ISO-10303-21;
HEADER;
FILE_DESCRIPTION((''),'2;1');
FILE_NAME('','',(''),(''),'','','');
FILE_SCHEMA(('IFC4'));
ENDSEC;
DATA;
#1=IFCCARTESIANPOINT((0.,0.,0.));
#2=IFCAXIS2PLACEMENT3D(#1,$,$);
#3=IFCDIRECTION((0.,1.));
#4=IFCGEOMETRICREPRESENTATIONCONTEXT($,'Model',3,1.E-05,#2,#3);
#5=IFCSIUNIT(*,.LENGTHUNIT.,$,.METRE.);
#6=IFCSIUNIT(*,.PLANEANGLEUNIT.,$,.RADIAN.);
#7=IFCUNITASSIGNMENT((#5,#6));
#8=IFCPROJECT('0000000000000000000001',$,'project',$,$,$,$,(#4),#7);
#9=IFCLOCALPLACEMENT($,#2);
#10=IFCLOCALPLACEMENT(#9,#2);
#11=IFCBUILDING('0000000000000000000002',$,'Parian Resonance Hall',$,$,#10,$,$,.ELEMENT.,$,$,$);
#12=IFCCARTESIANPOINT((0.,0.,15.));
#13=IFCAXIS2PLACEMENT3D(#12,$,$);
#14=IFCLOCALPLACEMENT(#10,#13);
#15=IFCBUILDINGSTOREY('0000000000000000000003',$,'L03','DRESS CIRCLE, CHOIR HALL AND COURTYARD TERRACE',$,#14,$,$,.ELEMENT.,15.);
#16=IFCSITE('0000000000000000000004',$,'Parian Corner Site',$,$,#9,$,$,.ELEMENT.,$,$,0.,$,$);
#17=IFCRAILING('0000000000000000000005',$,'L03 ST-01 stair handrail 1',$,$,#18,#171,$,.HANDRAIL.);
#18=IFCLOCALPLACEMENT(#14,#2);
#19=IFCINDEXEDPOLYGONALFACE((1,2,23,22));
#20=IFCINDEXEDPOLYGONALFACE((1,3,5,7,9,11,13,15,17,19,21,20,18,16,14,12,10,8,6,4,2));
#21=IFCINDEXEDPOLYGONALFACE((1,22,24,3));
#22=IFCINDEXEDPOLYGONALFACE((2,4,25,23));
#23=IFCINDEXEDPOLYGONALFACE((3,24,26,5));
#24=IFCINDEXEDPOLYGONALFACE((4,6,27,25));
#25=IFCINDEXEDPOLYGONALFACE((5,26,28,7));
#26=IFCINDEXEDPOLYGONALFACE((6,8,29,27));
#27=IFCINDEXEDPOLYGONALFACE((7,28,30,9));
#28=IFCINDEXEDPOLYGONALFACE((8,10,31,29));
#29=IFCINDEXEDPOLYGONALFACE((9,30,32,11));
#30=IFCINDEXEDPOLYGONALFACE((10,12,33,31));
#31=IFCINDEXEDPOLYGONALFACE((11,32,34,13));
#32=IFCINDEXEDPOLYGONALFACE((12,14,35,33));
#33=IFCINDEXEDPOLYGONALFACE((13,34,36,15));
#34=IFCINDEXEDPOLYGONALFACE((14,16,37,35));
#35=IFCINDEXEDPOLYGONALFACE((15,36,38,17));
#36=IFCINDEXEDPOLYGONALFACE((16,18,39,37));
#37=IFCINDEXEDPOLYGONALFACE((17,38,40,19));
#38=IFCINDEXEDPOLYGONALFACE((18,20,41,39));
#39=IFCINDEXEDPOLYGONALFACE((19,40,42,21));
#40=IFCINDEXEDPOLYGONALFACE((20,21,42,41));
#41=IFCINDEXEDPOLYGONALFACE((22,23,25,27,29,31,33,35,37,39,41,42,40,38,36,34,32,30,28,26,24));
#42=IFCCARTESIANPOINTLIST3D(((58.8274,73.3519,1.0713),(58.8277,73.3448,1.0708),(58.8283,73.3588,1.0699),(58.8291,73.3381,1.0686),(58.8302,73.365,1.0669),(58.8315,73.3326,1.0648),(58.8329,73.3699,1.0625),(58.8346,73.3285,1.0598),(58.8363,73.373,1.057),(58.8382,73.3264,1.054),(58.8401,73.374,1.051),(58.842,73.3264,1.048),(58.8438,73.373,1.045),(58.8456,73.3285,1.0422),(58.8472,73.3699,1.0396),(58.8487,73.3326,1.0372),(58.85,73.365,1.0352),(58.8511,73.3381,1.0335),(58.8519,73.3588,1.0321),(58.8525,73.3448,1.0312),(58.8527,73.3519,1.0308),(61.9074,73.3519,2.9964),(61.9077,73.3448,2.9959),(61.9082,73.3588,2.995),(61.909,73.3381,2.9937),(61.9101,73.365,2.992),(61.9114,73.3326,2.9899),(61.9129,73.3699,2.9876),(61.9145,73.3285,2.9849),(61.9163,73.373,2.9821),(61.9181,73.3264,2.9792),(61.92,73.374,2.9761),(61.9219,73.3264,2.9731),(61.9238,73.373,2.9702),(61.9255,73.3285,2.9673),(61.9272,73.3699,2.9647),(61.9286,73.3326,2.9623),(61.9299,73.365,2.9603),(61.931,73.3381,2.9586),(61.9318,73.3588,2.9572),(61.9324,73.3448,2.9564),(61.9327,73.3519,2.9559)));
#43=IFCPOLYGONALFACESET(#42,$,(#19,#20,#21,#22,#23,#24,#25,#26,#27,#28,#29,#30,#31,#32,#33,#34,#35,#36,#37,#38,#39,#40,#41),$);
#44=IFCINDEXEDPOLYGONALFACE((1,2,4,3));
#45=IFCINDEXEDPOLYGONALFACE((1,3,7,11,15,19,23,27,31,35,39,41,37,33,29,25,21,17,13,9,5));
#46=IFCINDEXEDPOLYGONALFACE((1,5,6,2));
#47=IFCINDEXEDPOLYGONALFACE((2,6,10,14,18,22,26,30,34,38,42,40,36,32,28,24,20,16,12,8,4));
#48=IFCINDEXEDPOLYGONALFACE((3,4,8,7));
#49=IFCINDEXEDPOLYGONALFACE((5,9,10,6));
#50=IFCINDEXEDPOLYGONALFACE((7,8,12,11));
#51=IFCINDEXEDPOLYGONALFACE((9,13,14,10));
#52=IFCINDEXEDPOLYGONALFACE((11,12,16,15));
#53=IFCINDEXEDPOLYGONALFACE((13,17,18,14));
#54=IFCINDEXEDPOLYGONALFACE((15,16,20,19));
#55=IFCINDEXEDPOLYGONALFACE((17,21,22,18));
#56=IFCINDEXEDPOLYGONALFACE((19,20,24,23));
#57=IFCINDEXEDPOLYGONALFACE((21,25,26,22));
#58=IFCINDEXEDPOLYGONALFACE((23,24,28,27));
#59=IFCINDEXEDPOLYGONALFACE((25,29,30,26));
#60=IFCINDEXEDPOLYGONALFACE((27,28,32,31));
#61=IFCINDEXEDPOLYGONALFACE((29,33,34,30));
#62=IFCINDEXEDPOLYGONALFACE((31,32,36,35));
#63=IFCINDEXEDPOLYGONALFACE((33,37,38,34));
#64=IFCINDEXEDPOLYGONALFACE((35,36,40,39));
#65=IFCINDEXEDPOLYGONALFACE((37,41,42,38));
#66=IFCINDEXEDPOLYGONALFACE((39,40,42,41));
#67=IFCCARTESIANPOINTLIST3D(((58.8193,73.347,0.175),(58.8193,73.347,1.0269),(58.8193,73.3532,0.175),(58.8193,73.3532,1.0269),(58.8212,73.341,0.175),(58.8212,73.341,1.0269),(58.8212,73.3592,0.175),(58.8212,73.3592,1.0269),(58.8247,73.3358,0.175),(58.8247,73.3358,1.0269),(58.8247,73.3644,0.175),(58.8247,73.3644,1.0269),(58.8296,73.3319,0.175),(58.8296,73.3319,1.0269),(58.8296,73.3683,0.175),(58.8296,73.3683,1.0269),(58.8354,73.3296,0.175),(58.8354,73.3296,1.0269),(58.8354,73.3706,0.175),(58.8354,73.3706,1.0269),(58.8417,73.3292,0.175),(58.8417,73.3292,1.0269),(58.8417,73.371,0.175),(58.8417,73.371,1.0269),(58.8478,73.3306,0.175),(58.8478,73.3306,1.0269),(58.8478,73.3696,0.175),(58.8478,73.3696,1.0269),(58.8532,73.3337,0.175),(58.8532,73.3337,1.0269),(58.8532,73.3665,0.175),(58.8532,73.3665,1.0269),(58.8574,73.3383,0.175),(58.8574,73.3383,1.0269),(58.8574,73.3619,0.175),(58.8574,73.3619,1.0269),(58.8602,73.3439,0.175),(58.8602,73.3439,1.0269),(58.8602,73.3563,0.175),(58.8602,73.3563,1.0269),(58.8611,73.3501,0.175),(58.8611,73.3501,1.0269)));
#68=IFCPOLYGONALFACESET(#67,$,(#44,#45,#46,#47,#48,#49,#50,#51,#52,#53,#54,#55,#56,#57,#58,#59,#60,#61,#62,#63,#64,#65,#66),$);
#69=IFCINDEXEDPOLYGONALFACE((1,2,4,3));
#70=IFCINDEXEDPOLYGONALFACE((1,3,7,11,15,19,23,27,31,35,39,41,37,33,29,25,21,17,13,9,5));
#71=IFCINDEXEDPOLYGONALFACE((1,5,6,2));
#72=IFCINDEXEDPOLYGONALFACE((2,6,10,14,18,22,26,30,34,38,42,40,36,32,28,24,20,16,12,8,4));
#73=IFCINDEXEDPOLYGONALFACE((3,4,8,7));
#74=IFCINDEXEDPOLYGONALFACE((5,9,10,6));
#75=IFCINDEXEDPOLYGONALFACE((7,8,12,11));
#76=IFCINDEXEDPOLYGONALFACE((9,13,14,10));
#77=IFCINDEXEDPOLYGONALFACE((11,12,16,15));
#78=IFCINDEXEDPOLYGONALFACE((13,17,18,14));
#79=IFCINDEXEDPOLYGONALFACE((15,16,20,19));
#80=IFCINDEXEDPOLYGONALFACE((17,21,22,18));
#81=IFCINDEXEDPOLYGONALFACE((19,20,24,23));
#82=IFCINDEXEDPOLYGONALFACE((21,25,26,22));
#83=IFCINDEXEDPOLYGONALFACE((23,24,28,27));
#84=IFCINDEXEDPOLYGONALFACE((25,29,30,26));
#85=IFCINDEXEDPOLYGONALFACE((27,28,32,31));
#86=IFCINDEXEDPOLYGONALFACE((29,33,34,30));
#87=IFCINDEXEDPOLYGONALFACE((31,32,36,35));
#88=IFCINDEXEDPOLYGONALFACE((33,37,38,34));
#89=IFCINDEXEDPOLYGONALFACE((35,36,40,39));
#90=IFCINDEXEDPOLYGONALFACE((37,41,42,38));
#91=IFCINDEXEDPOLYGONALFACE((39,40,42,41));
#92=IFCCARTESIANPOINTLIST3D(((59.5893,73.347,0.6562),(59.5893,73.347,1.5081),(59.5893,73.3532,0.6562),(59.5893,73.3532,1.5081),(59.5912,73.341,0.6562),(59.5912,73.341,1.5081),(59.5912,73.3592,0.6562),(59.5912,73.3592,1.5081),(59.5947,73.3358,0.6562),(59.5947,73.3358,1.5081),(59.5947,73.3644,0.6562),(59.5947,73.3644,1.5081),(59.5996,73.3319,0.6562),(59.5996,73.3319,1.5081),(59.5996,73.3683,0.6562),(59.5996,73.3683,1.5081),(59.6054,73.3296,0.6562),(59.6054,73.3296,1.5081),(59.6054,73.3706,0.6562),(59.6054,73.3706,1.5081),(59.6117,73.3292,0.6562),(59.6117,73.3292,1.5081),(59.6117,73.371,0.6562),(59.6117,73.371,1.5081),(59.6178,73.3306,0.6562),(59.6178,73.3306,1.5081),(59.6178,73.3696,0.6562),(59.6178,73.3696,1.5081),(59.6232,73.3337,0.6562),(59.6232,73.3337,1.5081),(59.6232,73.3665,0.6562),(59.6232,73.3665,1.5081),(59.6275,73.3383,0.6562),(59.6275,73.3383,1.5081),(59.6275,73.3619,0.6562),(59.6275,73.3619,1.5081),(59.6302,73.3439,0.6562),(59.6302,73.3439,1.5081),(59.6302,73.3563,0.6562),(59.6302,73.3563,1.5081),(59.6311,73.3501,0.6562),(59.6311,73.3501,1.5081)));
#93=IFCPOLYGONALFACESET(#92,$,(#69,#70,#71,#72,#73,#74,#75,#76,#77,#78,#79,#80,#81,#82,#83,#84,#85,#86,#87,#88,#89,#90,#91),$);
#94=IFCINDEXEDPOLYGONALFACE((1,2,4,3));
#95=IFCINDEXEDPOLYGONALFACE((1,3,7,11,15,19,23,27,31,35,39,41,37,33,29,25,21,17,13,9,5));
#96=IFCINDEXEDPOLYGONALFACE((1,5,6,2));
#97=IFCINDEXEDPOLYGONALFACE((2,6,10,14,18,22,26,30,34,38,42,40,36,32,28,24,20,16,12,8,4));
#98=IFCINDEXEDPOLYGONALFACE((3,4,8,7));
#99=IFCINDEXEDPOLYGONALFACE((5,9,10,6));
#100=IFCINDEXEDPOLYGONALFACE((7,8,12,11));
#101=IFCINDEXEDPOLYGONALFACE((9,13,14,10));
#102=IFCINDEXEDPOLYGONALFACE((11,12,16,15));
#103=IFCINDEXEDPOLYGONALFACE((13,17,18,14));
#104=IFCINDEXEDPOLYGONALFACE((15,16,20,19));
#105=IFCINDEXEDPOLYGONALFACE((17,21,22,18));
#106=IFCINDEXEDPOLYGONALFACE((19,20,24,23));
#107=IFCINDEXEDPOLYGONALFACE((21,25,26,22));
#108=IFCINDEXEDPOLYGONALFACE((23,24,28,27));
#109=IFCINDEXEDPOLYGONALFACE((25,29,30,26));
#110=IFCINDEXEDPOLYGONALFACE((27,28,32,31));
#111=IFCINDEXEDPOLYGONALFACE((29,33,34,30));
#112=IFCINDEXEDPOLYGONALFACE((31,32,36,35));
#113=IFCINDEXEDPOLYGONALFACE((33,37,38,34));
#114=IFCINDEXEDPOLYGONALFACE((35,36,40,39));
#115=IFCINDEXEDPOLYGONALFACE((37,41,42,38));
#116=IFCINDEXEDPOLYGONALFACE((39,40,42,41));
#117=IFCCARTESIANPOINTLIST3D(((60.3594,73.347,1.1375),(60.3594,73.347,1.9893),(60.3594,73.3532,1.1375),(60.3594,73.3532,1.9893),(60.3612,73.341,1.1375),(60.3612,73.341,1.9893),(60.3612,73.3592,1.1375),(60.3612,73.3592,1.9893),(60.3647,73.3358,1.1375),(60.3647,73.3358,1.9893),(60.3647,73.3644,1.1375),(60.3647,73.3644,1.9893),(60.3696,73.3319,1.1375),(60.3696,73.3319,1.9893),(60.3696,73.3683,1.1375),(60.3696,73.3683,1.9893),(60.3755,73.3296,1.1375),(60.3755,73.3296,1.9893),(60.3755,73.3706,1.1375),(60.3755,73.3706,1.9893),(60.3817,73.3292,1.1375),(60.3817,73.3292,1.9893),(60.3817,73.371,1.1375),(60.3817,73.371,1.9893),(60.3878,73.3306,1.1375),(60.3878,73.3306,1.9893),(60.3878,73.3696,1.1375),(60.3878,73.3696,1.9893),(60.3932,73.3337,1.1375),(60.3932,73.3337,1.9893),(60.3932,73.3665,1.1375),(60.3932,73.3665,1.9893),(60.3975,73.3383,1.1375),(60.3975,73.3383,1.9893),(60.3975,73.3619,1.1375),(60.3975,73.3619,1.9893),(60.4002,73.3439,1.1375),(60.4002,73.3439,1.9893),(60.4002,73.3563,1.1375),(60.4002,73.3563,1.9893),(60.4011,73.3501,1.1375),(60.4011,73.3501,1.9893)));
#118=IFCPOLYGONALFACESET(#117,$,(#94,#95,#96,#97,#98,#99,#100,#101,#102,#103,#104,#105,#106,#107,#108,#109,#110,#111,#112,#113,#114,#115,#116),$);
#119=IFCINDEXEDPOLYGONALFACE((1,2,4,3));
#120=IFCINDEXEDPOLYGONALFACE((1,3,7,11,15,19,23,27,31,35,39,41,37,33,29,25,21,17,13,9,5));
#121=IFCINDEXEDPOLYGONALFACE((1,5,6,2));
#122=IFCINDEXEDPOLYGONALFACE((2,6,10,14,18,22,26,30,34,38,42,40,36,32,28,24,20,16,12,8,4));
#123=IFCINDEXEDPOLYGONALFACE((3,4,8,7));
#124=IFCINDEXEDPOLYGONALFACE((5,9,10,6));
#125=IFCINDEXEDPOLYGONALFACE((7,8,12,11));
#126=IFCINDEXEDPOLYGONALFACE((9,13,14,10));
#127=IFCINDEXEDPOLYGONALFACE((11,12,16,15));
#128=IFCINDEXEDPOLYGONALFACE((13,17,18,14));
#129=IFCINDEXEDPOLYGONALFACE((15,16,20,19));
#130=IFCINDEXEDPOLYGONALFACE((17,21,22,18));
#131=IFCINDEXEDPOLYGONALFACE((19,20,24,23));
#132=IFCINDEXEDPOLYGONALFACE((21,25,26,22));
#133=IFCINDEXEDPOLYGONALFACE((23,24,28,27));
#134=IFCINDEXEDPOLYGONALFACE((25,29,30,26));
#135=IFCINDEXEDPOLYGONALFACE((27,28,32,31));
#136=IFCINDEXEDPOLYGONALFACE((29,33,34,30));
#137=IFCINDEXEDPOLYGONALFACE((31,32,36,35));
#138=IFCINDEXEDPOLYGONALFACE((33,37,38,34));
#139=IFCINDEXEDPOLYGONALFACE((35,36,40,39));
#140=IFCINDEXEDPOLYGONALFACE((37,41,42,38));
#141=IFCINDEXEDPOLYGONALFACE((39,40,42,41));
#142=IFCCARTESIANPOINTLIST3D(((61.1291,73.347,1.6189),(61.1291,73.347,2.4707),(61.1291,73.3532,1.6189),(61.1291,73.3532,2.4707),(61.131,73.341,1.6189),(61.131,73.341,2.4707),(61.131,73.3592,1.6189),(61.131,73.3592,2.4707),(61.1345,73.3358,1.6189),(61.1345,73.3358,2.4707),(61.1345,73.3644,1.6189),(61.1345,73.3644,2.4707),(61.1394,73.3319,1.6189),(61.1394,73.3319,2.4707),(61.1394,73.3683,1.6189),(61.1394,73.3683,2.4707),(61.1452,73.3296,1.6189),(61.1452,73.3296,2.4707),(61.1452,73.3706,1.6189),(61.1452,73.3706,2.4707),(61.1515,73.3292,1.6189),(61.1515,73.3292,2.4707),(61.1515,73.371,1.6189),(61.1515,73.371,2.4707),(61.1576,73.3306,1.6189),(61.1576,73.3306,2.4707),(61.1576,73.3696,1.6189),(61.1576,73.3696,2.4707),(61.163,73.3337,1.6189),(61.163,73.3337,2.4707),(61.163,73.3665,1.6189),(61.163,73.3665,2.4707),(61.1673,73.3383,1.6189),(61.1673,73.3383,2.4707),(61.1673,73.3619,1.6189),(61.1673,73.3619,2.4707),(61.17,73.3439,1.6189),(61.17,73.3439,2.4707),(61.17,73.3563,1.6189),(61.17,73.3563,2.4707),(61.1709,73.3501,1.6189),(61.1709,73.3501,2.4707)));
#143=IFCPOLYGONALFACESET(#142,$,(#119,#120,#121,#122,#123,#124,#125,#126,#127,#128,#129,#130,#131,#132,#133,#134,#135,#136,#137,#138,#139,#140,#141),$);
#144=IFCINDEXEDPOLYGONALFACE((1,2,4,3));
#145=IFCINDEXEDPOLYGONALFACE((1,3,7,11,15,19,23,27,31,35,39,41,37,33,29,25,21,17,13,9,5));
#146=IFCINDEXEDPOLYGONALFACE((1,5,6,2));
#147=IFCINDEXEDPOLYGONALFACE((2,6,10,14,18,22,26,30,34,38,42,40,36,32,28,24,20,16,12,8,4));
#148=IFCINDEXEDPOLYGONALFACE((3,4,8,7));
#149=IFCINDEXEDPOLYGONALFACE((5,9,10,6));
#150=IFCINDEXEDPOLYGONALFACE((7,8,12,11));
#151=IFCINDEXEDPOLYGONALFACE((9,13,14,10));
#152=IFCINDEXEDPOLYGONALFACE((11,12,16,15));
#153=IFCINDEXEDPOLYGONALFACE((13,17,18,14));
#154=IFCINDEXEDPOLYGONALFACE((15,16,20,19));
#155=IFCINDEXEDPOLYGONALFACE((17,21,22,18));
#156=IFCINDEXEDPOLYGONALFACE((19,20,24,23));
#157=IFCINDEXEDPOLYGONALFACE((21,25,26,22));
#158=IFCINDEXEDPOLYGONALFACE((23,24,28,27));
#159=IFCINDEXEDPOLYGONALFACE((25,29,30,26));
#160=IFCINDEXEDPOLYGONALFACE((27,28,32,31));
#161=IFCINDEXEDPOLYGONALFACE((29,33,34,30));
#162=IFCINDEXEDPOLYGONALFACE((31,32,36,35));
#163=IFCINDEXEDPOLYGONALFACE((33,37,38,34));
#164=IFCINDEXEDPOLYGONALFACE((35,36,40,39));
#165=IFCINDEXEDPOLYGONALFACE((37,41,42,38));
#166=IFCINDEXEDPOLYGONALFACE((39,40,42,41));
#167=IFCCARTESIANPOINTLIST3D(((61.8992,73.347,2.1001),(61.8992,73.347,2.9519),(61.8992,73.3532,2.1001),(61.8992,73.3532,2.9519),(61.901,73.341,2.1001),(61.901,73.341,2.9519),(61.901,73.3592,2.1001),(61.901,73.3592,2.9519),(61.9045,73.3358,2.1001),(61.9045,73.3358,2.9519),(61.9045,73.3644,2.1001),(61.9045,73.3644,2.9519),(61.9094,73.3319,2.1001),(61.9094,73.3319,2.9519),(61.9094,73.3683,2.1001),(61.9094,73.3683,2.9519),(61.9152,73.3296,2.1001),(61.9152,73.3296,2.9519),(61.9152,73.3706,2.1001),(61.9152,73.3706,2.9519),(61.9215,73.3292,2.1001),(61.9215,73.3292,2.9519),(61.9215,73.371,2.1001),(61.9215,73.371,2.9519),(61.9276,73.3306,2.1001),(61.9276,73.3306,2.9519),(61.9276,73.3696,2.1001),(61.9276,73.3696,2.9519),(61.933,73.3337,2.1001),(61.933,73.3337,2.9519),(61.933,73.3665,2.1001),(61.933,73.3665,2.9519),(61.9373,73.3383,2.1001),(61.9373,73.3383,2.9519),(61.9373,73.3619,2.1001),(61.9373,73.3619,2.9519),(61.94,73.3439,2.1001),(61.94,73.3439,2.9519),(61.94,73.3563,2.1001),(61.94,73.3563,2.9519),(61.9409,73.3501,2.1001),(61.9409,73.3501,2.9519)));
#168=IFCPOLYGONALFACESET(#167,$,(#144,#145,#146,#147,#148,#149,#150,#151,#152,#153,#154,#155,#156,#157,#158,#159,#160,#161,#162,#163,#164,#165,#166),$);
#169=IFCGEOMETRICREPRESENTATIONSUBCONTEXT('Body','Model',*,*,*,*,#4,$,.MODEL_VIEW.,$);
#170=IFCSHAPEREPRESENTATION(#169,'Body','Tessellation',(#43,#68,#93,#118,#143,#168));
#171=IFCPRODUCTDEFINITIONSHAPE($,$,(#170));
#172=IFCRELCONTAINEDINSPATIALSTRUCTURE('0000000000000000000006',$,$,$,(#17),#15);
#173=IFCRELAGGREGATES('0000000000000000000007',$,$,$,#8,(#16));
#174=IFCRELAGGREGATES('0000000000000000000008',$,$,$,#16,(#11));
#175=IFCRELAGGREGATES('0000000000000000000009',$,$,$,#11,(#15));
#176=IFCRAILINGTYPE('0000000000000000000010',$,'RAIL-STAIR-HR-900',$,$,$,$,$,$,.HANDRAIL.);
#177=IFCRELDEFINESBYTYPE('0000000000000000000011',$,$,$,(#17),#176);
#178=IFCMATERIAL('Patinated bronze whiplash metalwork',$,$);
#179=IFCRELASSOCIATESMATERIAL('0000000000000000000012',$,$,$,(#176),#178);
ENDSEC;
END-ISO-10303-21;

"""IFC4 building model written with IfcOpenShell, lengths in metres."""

from ifc_helpers import new_model, si_unit, direction, frame, origin, origin_2d, place, context, subcontext, project, spatial, circle, extrude, material, type_object, element, save


model = new_model("IFC4")

# Units and contexts
model_context = context("Model", 3, precision=1e-05, world=origin(), true_north=direction((0.0, 1.0)))
body_context = subcontext(model_context, "Body", "Model", "MODEL_VIEW")
ifc_project = project(units=[si_unit("LENGTHUNIT", "METRE"), si_unit("PLANEANGLEUNIT", "RADIAN")], contexts=[model_context])

# Site, building, storey
site_placement = place(None, origin())
site = spatial("IfcSite", under=ifc_project, at=site_placement, Name="Parian Corner Site", CompositionType="ELEMENT", RefElevation=0.0)
building_placement = place(site_placement, origin())
building = spatial("IfcBuilding", under=site, at=building_placement, Name="Parian Resonance Hall", CompositionType="ELEMENT")
storey_placement = place(building_placement, frame((0.0, 0.0, 15.0)))
storey = spatial("IfcBuildingStorey", under=building, at=storey_placement, Name="L03", Description="DRESS CIRCLE, CHOIR HALL AND COURTYARD TERRACE", CompositionType="ELEMENT", Elevation=15.0)

# Railing
ifc_material_1 = material(Name="Patinated bronze whiplash metalwork")
railing_type_1 = type_object("IfcRailingType", Name="RAIL-STAIR-HR-900", PredefinedType="HANDRAIL", material=ifc_material_1)
railing_1_placement = place(storey_placement, frame((58.8401, 73.3501, 0.175)))
element("IfcRailing", 1, at=railing_1_placement, inside=storey, type_object=railing_type_1, Name="L03 ST-01 stair handrail 1", PredefinedType="HANDRAIL", context=body_context, shape_type="SweptSolid", body=[
    extrude(circle(Radius=0.0239, at=origin_2d()), frame((0.0, 0.0, 0.876), z_axis=(0.847979, 0.0, 0.530029), x_axis=(0.0, 1.0, 0.0)), (0.0, 0.0, 1.0), 3.6321),
    extrude(circle(Radius=0.021, at=origin_2d()), origin(), (0.0, 0.0, 1.0), 0.8518),
    extrude(circle(Radius=0.021, at=origin_2d()), frame((0.77, 0.0, 0.4812)), (0.0, 0.0, 1.0), 0.8518),
    extrude(circle(Radius=0.021, at=origin_2d()), frame((1.54, 0.0, 0.9624)), (0.0, 0.0, 1.0), 0.8518),
    extrude(circle(Radius=0.021, at=origin_2d()), frame((2.3098, 0.0, 1.4438)), (0.0, 0.0, 1.0), 0.8518),
    extrude(circle(Radius=0.021, at=origin_2d()), frame((3.0798, 0.0, 1.925)), (0.0, 0.0, 1.0), 0.8518),
])

save(model, "model.ifc")
